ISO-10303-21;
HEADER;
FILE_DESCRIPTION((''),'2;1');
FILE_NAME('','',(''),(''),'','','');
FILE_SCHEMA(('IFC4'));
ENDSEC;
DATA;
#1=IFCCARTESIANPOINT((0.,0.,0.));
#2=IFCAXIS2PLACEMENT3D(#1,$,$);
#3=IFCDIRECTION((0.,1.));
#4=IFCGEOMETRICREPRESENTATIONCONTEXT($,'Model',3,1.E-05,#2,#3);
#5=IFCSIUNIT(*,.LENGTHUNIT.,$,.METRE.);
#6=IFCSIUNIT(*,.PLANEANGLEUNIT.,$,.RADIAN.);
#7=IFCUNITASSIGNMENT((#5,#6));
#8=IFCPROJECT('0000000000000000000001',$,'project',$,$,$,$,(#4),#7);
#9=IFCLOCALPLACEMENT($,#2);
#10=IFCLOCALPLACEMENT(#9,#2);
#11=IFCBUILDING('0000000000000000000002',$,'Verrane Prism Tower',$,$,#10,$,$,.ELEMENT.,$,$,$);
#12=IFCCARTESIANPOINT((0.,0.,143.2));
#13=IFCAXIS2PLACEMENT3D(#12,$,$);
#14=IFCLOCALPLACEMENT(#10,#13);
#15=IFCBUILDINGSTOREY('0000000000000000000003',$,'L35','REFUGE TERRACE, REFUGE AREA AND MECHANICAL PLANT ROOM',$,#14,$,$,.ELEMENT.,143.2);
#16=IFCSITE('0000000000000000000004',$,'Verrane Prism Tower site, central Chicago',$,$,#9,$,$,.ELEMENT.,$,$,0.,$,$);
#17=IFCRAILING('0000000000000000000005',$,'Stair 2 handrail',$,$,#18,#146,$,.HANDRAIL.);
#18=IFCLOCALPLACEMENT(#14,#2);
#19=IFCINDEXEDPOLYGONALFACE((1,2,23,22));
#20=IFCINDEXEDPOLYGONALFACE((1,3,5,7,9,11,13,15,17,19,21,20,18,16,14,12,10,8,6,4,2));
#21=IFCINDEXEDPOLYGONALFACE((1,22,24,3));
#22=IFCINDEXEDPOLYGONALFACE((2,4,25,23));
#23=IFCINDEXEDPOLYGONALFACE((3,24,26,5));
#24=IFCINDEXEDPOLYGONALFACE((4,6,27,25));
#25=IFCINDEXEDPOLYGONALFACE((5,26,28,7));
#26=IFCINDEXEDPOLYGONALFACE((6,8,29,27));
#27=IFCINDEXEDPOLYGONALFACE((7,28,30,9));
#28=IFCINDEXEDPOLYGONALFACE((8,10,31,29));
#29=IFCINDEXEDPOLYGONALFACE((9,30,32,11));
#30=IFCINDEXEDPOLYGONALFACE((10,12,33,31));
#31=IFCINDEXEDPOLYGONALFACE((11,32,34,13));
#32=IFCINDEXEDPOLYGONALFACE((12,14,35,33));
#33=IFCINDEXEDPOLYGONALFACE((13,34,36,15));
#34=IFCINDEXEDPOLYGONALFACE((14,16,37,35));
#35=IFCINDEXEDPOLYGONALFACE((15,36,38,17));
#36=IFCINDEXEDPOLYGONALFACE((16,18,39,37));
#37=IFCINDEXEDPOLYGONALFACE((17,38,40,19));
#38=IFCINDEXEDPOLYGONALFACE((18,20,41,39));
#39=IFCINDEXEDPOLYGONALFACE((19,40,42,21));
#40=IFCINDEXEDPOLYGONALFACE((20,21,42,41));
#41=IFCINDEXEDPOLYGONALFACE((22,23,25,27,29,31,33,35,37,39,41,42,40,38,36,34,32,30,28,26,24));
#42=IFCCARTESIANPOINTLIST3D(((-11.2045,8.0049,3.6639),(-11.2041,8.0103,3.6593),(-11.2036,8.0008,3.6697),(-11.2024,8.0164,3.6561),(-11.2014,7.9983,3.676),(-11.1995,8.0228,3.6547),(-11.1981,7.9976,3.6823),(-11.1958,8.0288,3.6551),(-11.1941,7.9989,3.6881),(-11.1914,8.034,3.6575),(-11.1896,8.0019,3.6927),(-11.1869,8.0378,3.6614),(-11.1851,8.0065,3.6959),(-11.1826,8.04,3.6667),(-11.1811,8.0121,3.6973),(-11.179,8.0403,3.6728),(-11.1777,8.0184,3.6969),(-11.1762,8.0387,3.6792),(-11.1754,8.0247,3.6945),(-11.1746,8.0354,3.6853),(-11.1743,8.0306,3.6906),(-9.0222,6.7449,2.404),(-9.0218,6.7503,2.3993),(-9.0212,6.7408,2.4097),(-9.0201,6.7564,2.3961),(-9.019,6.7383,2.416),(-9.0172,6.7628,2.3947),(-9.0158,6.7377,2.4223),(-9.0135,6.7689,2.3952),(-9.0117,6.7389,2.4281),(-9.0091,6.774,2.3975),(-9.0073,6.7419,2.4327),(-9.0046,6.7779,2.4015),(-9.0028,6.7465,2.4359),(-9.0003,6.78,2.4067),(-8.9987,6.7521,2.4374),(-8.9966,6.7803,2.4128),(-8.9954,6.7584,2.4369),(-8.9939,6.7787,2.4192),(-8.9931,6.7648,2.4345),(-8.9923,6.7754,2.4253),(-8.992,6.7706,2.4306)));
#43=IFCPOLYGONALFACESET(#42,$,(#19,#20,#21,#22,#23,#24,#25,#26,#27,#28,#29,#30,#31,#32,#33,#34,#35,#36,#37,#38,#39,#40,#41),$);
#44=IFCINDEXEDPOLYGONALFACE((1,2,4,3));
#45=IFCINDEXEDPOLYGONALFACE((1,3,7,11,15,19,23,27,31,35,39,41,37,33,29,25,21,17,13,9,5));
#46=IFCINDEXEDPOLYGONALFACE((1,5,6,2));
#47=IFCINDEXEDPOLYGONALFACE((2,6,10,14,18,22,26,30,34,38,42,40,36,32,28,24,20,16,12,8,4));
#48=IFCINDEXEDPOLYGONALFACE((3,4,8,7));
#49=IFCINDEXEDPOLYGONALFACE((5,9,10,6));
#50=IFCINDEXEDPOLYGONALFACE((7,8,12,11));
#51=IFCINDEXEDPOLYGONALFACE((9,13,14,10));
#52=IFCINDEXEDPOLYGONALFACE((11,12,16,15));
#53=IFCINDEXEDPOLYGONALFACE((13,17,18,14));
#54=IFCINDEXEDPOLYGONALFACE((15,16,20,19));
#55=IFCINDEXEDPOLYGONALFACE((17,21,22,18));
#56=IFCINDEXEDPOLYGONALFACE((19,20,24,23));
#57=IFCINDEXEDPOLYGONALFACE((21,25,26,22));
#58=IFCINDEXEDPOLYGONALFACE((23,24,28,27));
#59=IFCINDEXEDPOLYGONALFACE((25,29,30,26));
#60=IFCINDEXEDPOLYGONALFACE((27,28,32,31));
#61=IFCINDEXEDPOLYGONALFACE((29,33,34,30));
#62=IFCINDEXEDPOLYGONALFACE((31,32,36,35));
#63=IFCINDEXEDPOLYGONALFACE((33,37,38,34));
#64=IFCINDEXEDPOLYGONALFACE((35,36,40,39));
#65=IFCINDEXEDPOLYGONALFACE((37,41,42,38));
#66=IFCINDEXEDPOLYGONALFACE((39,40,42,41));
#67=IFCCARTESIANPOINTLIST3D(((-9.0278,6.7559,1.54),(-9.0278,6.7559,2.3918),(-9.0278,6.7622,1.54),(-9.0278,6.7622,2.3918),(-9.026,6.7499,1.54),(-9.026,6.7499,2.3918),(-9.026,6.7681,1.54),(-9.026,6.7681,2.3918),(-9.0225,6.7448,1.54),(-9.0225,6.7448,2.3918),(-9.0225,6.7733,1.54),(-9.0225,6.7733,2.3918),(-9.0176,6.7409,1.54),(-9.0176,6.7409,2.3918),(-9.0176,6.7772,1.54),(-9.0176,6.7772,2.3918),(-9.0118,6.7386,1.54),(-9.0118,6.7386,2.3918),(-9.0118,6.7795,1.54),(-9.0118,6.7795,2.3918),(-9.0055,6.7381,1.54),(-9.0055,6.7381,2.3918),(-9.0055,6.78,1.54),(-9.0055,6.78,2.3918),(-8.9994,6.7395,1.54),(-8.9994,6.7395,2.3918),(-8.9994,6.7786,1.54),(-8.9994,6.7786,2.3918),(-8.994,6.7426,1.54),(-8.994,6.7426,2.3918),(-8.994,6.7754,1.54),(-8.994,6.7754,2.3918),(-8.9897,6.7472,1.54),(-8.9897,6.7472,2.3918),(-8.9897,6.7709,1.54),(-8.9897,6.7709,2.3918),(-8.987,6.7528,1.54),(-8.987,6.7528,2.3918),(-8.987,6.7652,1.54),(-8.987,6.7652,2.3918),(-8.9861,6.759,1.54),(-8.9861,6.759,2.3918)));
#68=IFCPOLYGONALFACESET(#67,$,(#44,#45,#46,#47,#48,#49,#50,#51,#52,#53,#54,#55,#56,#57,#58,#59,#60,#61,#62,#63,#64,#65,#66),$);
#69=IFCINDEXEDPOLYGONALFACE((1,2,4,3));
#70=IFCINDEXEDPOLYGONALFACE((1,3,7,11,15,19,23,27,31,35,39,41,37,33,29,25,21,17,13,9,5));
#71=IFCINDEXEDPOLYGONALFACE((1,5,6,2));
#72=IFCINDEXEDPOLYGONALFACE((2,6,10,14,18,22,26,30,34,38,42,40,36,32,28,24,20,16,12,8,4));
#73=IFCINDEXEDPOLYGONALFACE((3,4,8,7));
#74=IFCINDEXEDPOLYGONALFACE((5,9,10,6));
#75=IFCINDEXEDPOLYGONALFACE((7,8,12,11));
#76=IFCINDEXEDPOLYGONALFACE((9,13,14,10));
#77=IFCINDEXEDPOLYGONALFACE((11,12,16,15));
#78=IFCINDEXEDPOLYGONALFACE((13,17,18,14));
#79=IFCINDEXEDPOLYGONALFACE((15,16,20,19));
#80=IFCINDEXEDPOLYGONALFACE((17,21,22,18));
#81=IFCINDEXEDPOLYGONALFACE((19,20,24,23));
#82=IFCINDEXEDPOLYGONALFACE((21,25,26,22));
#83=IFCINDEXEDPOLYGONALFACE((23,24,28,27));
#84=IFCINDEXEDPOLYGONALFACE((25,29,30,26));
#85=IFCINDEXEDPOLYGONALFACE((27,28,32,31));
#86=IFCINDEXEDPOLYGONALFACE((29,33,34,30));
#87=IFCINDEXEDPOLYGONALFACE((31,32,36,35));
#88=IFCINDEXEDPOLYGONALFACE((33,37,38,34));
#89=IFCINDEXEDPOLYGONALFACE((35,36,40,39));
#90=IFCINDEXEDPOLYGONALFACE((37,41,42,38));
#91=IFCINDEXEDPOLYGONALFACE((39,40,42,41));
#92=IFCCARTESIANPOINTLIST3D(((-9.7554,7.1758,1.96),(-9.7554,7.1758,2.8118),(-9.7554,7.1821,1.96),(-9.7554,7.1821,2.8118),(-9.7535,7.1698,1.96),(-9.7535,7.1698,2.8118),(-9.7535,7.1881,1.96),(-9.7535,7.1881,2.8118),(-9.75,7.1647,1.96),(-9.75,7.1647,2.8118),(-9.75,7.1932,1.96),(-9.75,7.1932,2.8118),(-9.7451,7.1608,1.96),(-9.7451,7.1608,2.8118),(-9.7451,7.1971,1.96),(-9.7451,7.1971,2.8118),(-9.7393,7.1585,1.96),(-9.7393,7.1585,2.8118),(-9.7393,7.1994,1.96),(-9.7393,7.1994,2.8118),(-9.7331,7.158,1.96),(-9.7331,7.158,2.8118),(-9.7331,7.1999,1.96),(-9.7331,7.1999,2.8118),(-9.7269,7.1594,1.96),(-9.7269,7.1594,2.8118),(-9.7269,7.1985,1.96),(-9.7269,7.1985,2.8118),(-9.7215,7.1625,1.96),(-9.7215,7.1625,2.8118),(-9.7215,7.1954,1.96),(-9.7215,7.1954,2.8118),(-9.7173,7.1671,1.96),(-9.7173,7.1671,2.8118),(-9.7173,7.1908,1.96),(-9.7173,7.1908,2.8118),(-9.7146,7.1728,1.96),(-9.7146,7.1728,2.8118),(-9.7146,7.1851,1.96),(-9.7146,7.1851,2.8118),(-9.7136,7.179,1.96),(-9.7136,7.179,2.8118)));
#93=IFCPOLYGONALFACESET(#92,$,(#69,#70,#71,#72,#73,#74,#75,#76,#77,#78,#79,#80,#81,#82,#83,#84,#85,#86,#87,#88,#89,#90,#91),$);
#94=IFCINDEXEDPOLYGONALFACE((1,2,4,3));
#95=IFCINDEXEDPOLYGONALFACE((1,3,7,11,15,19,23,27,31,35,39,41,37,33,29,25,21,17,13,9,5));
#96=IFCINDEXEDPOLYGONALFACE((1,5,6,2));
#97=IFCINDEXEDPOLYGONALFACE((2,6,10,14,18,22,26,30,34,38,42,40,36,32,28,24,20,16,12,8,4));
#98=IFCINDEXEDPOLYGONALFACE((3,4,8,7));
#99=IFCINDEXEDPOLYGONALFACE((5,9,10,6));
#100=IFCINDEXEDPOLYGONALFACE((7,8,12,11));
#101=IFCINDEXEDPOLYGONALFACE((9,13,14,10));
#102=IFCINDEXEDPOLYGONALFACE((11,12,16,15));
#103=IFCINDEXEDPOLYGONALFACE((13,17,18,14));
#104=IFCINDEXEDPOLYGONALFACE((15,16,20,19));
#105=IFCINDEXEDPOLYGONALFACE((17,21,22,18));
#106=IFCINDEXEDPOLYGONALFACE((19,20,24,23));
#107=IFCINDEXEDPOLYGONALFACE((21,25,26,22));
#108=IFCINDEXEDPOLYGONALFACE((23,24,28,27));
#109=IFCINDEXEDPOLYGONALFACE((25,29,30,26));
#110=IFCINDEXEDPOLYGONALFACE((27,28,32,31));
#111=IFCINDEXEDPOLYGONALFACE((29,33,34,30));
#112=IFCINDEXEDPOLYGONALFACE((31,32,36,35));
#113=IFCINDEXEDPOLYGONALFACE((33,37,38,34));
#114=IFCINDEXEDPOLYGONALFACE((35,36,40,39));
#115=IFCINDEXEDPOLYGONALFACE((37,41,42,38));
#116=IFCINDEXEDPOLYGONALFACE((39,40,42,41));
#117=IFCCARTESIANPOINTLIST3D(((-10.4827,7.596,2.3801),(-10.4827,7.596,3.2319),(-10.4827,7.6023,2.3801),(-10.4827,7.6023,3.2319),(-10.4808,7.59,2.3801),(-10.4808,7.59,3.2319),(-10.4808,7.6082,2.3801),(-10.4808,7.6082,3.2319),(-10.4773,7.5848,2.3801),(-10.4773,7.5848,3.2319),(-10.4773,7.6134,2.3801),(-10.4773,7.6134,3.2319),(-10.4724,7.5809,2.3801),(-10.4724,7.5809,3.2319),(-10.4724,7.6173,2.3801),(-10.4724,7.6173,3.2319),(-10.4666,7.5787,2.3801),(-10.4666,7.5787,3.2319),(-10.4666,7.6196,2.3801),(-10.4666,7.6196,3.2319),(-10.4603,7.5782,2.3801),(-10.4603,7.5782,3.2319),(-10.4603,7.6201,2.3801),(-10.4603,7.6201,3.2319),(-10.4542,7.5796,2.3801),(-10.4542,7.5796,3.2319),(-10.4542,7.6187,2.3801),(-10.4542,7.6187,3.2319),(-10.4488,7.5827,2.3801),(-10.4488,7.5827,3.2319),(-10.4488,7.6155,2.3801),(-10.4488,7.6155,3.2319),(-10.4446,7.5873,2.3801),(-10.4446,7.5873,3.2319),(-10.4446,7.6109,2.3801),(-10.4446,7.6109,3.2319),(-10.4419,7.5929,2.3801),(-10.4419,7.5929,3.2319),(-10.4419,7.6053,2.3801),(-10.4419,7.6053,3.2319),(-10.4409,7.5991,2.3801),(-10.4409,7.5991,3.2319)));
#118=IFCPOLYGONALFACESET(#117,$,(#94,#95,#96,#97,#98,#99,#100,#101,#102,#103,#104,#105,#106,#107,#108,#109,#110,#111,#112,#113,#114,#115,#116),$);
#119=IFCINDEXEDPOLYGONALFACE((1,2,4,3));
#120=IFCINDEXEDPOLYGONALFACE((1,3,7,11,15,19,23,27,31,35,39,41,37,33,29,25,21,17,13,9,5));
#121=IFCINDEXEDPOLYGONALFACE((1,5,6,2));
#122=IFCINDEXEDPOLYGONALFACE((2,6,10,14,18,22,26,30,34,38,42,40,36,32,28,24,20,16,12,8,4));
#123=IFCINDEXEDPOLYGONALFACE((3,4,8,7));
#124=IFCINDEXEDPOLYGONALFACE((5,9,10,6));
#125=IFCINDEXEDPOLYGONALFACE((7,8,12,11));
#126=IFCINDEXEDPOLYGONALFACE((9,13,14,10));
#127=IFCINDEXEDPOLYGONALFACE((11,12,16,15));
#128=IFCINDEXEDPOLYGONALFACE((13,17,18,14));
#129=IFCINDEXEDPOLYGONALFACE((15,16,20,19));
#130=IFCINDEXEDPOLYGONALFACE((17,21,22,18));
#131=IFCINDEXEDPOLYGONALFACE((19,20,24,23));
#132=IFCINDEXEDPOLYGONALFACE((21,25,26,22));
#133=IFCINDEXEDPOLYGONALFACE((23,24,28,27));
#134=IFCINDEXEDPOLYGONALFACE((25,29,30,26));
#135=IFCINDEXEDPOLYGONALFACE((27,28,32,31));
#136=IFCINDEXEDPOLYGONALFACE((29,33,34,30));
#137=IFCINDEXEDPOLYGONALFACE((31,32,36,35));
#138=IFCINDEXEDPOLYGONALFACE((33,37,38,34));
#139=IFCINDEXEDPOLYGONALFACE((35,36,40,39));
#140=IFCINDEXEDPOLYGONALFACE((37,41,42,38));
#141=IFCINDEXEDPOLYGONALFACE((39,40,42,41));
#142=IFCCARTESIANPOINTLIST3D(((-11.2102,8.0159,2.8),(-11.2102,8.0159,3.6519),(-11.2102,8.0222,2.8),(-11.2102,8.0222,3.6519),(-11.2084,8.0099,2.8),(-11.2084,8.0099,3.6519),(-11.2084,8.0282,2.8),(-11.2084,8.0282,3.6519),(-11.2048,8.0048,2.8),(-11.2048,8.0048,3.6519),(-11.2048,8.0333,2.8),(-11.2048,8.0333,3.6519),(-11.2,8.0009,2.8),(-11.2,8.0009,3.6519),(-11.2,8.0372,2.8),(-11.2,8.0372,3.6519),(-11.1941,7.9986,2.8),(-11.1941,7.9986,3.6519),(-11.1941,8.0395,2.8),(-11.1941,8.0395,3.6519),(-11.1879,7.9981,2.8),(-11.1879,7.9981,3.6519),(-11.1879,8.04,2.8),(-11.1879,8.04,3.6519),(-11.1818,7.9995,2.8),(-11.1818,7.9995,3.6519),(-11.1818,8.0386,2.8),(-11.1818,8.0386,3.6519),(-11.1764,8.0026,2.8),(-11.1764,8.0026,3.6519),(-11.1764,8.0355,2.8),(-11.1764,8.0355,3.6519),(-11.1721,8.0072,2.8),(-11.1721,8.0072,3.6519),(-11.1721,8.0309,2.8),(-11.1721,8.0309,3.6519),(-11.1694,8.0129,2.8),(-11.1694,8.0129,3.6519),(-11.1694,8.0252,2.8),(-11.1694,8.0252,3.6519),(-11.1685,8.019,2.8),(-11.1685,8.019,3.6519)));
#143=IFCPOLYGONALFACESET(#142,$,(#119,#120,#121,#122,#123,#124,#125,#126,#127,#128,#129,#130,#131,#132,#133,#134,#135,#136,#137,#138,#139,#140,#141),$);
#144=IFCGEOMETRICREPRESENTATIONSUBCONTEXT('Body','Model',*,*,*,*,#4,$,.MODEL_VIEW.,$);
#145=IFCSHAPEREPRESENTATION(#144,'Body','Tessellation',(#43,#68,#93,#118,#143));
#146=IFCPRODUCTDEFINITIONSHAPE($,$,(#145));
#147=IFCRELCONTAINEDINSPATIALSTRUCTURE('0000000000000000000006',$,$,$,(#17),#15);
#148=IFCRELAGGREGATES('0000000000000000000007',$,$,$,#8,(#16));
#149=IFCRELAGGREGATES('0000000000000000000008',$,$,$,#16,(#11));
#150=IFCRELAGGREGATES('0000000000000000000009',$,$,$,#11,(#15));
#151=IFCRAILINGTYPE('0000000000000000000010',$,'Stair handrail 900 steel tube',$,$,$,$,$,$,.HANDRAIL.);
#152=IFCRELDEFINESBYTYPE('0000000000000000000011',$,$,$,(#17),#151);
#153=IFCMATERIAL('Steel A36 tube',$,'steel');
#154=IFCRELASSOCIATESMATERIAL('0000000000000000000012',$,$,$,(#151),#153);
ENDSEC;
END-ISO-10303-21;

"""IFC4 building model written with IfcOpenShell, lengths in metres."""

from ifc_helpers import new_model, si_unit, direction, frame, origin, origin_2d, place, context, subcontext, project, spatial, circle, extrude, material, type_object, element, save


model = new_model("IFC4")

# Units and contexts
model_context = context("Model", 3, precision=1e-05, world=origin(), true_north=direction((0.0, 1.0)))
body_context = subcontext(model_context, "Body", "Model", "MODEL_VIEW")
ifc_project = project(units=[si_unit("LENGTHUNIT", "METRE"), si_unit("PLANEANGLEUNIT", "RADIAN")], contexts=[model_context])

# Site, building, storey
site_placement = place(None, origin())
site = spatial("IfcSite", under=ifc_project, at=site_placement, Name="Verrane Prism Tower site, central Chicago", CompositionType="ELEMENT", RefElevation=0.0)
building_placement = place(site_placement, origin())
building = spatial("IfcBuilding", under=site, at=building_placement, Name="Verrane Prism Tower", CompositionType="ELEMENT")
storey_placement = place(building_placement, frame((0.0, 0.0, 143.2)))
storey = spatial("IfcBuildingStorey", under=building, at=storey_placement, Name="L35", Description="REFUGE TERRACE, REFUGE AREA AND MECHANICAL PLANT ROOM", CompositionType="ELEMENT", Elevation=143.2)

# Railing
ifc_material_1 = material(Name="Steel A36 tube", Category="steel")
railing_type = type_object("IfcRailingType", Name="Stair handrail 900 steel tube", PredefinedType="HANDRAIL", material=ifc_material_1)
for number, where, name in (
    (1, (-9.0071, 6.759, 1.54), "Stair 2 handrail"),
):
    element("IfcRailing", number, at=place(storey_placement, frame(where)), inside=storey, type_object=railing_type, Name=name, PredefinedType="HANDRAIL", context=body_context, shape_type="SweptSolid", body=[
        extrude(circle(Radius=0.0239, at=origin_2d()), frame((0.0, 0.0, 0.876), z_axis=(-0.774593, 0.447217, 0.447217), x_axis=(-0.500005, -0.866023, 0.0)), (0.0, 0.0, 1.0), 2.8174),
        extrude(circle(Radius=0.021, at=origin_2d()), origin(), (0.0, 0.0, 1.0), 0.8518),
        extrude(circle(Radius=0.021, at=origin_2d()), frame((-0.7275, 0.4199, 0.4199)), (0.0, 0.0, 1.0), 0.8518),
        extrude(circle(Radius=0.021, at=origin_2d()), frame((-1.4548, 0.8401, 0.8401)), (0.0, 0.0, 1.0), 0.8518),
        extrude(circle(Radius=0.021, at=origin_2d()), frame((-2.1824, 1.26, 1.26)), (0.0, 0.0, 1.0), 0.8518),
    ])

save(model, "model.ifc")
